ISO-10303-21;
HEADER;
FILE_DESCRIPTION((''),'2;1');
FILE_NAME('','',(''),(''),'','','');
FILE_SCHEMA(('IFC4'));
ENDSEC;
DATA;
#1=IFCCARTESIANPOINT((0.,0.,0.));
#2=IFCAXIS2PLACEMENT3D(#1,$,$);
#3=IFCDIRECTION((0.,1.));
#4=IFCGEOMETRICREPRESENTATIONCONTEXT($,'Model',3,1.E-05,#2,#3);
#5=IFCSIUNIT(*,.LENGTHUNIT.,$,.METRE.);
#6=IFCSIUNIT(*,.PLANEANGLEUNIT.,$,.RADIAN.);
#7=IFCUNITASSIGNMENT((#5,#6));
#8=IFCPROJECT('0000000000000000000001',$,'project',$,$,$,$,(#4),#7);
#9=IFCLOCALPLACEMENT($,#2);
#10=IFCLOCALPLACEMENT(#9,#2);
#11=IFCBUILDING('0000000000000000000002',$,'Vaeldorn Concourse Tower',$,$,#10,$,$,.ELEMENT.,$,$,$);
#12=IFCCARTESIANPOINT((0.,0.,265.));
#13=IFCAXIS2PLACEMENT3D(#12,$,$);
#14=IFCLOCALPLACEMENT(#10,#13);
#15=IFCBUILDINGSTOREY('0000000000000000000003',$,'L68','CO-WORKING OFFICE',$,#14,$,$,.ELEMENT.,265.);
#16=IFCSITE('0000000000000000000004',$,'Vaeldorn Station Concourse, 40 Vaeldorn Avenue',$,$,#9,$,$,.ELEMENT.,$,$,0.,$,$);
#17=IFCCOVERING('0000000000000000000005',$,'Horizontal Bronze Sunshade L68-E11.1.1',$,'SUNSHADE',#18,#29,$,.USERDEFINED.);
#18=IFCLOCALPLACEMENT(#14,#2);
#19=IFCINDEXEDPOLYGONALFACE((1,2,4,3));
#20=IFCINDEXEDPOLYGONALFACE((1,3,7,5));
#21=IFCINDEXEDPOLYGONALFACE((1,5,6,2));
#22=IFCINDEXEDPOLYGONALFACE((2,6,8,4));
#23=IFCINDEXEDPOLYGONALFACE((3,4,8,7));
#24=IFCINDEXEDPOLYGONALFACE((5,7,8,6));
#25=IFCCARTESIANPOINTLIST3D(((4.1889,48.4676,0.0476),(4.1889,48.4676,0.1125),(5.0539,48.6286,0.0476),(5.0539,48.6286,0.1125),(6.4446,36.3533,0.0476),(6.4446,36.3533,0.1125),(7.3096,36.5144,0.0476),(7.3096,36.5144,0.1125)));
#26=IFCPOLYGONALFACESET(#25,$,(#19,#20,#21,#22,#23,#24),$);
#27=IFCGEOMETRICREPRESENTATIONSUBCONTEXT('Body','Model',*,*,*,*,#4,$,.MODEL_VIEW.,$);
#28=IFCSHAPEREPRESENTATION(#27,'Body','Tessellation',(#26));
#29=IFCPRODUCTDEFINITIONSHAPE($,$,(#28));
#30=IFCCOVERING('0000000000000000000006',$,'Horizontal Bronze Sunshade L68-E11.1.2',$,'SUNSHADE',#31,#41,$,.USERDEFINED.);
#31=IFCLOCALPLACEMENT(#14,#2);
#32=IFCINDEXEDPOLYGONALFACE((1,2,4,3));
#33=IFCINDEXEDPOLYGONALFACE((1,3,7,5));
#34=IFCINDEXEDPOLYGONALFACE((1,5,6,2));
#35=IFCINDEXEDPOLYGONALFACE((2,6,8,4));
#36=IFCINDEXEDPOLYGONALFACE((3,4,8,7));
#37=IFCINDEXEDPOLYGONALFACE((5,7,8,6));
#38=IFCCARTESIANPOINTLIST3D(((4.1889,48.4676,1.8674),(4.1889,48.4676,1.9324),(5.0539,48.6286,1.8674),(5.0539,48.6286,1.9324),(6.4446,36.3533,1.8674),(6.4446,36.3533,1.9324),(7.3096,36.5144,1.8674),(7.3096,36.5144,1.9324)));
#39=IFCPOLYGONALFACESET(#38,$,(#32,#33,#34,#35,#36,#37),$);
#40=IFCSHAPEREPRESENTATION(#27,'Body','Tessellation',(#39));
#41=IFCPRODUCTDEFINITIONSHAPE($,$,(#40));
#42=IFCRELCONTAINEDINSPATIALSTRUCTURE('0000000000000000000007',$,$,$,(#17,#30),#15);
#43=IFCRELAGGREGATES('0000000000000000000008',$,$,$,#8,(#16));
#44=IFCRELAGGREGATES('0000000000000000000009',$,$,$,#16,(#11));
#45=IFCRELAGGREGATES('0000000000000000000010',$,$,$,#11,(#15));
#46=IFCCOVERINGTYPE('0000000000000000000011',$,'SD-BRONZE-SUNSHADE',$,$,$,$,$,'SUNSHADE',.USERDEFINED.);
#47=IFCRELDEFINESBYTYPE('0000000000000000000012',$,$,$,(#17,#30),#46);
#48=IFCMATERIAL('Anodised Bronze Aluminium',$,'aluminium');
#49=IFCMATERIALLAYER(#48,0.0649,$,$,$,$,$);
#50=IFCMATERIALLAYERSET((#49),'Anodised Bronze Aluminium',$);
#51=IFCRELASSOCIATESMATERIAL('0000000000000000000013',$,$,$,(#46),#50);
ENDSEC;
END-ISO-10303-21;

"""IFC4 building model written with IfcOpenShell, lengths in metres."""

from ifc_helpers import new_model, si_unit, direction, frame, origin, origin_2d, place, context, subcontext, project, spatial, rectangle, extrude, source, transform, mapped, material, layer, layer_set, type_object, element, save


model = new_model("IFC4")

# Units and contexts
model_context = context("Model", 3, precision=1e-05, world=origin(), true_north=direction((0.0, 1.0)))
body_context = subcontext(model_context, "Body", "Model", "MODEL_VIEW")
ifc_project = project(units=[si_unit("LENGTHUNIT", "METRE"), si_unit("PLANEANGLEUNIT", "RADIAN")], contexts=[model_context])

# Site, building, storey
site_placement = place(None, origin())
site = spatial("IfcSite", under=ifc_project, at=site_placement, Name="Vaeldorn Station Concourse, 40 Vaeldorn Avenue", CompositionType="ELEMENT", RefElevation=0.0)
building_placement = place(site_placement, origin())
building = spatial("IfcBuilding", under=site, at=building_placement, Name="Vaeldorn Concourse Tower", CompositionType="ELEMENT")
storey_placement = place(building_placement, frame((0.0, 0.0, 265.0)))
storey = spatial("IfcBuildingStorey", under=building, at=storey_placement, Name="L68", Description="CO-WORKING OFFICE", CompositionType="ELEMENT", Elevation=265.0)

# Shared definitions
ifc_material_1 = material(Name="Anodised Bronze Aluminium", Category="aluminium")

# Coverings
ifc_layer_1 = layer(ifc_material_1, 0.0649)
ifc_layer_set_1 = layer_set([ifc_layer_1], Name="Anodised Bronze Aluminium")
covering_type = type_object("IfcCoveringType", Name="SD-BRONZE-SUNSHADE", ElementType="SUNSHADE", PredefinedType="USERDEFINED", material=ifc_layer_set_1)
shared_shape_1 = source(origin(), body_context, "Body", "SweptSolid", [
    extrude(rectangle(XDim=12.3225, YDim=0.8799, at=origin_2d()), origin(), (0.0, 0.0, 1.0), 0.0649),
])
for number, where, z_axis, x_axis, name in (
    (1, (5.7493, 42.491, 0.0476), (0.0, 0.0, 1.0), (0.183059, -0.983102, 0.0), "Horizontal Bronze Sunshade L68-E11.1.1"),
    (2, (5.7493, 42.491, 1.8674), (0.0, 0.0, 1.0), (0.183059, -0.983102, 0.0), "Horizontal Bronze Sunshade L68-E11.1.2"),
):
    element("IfcCovering", number, at=place(storey_placement, frame(where, z_axis=z_axis, x_axis=x_axis)), inside=storey, type_object=covering_type, Name=name, ObjectType="SUNSHADE", PredefinedType="USERDEFINED", context=body_context, shape_type="MappedRepresentation", body=[
        mapped(shared_shape_1, transform((0.0, 0.0, 0.0), scale=1.0)),
    ])

save(model, "model.ifc")
